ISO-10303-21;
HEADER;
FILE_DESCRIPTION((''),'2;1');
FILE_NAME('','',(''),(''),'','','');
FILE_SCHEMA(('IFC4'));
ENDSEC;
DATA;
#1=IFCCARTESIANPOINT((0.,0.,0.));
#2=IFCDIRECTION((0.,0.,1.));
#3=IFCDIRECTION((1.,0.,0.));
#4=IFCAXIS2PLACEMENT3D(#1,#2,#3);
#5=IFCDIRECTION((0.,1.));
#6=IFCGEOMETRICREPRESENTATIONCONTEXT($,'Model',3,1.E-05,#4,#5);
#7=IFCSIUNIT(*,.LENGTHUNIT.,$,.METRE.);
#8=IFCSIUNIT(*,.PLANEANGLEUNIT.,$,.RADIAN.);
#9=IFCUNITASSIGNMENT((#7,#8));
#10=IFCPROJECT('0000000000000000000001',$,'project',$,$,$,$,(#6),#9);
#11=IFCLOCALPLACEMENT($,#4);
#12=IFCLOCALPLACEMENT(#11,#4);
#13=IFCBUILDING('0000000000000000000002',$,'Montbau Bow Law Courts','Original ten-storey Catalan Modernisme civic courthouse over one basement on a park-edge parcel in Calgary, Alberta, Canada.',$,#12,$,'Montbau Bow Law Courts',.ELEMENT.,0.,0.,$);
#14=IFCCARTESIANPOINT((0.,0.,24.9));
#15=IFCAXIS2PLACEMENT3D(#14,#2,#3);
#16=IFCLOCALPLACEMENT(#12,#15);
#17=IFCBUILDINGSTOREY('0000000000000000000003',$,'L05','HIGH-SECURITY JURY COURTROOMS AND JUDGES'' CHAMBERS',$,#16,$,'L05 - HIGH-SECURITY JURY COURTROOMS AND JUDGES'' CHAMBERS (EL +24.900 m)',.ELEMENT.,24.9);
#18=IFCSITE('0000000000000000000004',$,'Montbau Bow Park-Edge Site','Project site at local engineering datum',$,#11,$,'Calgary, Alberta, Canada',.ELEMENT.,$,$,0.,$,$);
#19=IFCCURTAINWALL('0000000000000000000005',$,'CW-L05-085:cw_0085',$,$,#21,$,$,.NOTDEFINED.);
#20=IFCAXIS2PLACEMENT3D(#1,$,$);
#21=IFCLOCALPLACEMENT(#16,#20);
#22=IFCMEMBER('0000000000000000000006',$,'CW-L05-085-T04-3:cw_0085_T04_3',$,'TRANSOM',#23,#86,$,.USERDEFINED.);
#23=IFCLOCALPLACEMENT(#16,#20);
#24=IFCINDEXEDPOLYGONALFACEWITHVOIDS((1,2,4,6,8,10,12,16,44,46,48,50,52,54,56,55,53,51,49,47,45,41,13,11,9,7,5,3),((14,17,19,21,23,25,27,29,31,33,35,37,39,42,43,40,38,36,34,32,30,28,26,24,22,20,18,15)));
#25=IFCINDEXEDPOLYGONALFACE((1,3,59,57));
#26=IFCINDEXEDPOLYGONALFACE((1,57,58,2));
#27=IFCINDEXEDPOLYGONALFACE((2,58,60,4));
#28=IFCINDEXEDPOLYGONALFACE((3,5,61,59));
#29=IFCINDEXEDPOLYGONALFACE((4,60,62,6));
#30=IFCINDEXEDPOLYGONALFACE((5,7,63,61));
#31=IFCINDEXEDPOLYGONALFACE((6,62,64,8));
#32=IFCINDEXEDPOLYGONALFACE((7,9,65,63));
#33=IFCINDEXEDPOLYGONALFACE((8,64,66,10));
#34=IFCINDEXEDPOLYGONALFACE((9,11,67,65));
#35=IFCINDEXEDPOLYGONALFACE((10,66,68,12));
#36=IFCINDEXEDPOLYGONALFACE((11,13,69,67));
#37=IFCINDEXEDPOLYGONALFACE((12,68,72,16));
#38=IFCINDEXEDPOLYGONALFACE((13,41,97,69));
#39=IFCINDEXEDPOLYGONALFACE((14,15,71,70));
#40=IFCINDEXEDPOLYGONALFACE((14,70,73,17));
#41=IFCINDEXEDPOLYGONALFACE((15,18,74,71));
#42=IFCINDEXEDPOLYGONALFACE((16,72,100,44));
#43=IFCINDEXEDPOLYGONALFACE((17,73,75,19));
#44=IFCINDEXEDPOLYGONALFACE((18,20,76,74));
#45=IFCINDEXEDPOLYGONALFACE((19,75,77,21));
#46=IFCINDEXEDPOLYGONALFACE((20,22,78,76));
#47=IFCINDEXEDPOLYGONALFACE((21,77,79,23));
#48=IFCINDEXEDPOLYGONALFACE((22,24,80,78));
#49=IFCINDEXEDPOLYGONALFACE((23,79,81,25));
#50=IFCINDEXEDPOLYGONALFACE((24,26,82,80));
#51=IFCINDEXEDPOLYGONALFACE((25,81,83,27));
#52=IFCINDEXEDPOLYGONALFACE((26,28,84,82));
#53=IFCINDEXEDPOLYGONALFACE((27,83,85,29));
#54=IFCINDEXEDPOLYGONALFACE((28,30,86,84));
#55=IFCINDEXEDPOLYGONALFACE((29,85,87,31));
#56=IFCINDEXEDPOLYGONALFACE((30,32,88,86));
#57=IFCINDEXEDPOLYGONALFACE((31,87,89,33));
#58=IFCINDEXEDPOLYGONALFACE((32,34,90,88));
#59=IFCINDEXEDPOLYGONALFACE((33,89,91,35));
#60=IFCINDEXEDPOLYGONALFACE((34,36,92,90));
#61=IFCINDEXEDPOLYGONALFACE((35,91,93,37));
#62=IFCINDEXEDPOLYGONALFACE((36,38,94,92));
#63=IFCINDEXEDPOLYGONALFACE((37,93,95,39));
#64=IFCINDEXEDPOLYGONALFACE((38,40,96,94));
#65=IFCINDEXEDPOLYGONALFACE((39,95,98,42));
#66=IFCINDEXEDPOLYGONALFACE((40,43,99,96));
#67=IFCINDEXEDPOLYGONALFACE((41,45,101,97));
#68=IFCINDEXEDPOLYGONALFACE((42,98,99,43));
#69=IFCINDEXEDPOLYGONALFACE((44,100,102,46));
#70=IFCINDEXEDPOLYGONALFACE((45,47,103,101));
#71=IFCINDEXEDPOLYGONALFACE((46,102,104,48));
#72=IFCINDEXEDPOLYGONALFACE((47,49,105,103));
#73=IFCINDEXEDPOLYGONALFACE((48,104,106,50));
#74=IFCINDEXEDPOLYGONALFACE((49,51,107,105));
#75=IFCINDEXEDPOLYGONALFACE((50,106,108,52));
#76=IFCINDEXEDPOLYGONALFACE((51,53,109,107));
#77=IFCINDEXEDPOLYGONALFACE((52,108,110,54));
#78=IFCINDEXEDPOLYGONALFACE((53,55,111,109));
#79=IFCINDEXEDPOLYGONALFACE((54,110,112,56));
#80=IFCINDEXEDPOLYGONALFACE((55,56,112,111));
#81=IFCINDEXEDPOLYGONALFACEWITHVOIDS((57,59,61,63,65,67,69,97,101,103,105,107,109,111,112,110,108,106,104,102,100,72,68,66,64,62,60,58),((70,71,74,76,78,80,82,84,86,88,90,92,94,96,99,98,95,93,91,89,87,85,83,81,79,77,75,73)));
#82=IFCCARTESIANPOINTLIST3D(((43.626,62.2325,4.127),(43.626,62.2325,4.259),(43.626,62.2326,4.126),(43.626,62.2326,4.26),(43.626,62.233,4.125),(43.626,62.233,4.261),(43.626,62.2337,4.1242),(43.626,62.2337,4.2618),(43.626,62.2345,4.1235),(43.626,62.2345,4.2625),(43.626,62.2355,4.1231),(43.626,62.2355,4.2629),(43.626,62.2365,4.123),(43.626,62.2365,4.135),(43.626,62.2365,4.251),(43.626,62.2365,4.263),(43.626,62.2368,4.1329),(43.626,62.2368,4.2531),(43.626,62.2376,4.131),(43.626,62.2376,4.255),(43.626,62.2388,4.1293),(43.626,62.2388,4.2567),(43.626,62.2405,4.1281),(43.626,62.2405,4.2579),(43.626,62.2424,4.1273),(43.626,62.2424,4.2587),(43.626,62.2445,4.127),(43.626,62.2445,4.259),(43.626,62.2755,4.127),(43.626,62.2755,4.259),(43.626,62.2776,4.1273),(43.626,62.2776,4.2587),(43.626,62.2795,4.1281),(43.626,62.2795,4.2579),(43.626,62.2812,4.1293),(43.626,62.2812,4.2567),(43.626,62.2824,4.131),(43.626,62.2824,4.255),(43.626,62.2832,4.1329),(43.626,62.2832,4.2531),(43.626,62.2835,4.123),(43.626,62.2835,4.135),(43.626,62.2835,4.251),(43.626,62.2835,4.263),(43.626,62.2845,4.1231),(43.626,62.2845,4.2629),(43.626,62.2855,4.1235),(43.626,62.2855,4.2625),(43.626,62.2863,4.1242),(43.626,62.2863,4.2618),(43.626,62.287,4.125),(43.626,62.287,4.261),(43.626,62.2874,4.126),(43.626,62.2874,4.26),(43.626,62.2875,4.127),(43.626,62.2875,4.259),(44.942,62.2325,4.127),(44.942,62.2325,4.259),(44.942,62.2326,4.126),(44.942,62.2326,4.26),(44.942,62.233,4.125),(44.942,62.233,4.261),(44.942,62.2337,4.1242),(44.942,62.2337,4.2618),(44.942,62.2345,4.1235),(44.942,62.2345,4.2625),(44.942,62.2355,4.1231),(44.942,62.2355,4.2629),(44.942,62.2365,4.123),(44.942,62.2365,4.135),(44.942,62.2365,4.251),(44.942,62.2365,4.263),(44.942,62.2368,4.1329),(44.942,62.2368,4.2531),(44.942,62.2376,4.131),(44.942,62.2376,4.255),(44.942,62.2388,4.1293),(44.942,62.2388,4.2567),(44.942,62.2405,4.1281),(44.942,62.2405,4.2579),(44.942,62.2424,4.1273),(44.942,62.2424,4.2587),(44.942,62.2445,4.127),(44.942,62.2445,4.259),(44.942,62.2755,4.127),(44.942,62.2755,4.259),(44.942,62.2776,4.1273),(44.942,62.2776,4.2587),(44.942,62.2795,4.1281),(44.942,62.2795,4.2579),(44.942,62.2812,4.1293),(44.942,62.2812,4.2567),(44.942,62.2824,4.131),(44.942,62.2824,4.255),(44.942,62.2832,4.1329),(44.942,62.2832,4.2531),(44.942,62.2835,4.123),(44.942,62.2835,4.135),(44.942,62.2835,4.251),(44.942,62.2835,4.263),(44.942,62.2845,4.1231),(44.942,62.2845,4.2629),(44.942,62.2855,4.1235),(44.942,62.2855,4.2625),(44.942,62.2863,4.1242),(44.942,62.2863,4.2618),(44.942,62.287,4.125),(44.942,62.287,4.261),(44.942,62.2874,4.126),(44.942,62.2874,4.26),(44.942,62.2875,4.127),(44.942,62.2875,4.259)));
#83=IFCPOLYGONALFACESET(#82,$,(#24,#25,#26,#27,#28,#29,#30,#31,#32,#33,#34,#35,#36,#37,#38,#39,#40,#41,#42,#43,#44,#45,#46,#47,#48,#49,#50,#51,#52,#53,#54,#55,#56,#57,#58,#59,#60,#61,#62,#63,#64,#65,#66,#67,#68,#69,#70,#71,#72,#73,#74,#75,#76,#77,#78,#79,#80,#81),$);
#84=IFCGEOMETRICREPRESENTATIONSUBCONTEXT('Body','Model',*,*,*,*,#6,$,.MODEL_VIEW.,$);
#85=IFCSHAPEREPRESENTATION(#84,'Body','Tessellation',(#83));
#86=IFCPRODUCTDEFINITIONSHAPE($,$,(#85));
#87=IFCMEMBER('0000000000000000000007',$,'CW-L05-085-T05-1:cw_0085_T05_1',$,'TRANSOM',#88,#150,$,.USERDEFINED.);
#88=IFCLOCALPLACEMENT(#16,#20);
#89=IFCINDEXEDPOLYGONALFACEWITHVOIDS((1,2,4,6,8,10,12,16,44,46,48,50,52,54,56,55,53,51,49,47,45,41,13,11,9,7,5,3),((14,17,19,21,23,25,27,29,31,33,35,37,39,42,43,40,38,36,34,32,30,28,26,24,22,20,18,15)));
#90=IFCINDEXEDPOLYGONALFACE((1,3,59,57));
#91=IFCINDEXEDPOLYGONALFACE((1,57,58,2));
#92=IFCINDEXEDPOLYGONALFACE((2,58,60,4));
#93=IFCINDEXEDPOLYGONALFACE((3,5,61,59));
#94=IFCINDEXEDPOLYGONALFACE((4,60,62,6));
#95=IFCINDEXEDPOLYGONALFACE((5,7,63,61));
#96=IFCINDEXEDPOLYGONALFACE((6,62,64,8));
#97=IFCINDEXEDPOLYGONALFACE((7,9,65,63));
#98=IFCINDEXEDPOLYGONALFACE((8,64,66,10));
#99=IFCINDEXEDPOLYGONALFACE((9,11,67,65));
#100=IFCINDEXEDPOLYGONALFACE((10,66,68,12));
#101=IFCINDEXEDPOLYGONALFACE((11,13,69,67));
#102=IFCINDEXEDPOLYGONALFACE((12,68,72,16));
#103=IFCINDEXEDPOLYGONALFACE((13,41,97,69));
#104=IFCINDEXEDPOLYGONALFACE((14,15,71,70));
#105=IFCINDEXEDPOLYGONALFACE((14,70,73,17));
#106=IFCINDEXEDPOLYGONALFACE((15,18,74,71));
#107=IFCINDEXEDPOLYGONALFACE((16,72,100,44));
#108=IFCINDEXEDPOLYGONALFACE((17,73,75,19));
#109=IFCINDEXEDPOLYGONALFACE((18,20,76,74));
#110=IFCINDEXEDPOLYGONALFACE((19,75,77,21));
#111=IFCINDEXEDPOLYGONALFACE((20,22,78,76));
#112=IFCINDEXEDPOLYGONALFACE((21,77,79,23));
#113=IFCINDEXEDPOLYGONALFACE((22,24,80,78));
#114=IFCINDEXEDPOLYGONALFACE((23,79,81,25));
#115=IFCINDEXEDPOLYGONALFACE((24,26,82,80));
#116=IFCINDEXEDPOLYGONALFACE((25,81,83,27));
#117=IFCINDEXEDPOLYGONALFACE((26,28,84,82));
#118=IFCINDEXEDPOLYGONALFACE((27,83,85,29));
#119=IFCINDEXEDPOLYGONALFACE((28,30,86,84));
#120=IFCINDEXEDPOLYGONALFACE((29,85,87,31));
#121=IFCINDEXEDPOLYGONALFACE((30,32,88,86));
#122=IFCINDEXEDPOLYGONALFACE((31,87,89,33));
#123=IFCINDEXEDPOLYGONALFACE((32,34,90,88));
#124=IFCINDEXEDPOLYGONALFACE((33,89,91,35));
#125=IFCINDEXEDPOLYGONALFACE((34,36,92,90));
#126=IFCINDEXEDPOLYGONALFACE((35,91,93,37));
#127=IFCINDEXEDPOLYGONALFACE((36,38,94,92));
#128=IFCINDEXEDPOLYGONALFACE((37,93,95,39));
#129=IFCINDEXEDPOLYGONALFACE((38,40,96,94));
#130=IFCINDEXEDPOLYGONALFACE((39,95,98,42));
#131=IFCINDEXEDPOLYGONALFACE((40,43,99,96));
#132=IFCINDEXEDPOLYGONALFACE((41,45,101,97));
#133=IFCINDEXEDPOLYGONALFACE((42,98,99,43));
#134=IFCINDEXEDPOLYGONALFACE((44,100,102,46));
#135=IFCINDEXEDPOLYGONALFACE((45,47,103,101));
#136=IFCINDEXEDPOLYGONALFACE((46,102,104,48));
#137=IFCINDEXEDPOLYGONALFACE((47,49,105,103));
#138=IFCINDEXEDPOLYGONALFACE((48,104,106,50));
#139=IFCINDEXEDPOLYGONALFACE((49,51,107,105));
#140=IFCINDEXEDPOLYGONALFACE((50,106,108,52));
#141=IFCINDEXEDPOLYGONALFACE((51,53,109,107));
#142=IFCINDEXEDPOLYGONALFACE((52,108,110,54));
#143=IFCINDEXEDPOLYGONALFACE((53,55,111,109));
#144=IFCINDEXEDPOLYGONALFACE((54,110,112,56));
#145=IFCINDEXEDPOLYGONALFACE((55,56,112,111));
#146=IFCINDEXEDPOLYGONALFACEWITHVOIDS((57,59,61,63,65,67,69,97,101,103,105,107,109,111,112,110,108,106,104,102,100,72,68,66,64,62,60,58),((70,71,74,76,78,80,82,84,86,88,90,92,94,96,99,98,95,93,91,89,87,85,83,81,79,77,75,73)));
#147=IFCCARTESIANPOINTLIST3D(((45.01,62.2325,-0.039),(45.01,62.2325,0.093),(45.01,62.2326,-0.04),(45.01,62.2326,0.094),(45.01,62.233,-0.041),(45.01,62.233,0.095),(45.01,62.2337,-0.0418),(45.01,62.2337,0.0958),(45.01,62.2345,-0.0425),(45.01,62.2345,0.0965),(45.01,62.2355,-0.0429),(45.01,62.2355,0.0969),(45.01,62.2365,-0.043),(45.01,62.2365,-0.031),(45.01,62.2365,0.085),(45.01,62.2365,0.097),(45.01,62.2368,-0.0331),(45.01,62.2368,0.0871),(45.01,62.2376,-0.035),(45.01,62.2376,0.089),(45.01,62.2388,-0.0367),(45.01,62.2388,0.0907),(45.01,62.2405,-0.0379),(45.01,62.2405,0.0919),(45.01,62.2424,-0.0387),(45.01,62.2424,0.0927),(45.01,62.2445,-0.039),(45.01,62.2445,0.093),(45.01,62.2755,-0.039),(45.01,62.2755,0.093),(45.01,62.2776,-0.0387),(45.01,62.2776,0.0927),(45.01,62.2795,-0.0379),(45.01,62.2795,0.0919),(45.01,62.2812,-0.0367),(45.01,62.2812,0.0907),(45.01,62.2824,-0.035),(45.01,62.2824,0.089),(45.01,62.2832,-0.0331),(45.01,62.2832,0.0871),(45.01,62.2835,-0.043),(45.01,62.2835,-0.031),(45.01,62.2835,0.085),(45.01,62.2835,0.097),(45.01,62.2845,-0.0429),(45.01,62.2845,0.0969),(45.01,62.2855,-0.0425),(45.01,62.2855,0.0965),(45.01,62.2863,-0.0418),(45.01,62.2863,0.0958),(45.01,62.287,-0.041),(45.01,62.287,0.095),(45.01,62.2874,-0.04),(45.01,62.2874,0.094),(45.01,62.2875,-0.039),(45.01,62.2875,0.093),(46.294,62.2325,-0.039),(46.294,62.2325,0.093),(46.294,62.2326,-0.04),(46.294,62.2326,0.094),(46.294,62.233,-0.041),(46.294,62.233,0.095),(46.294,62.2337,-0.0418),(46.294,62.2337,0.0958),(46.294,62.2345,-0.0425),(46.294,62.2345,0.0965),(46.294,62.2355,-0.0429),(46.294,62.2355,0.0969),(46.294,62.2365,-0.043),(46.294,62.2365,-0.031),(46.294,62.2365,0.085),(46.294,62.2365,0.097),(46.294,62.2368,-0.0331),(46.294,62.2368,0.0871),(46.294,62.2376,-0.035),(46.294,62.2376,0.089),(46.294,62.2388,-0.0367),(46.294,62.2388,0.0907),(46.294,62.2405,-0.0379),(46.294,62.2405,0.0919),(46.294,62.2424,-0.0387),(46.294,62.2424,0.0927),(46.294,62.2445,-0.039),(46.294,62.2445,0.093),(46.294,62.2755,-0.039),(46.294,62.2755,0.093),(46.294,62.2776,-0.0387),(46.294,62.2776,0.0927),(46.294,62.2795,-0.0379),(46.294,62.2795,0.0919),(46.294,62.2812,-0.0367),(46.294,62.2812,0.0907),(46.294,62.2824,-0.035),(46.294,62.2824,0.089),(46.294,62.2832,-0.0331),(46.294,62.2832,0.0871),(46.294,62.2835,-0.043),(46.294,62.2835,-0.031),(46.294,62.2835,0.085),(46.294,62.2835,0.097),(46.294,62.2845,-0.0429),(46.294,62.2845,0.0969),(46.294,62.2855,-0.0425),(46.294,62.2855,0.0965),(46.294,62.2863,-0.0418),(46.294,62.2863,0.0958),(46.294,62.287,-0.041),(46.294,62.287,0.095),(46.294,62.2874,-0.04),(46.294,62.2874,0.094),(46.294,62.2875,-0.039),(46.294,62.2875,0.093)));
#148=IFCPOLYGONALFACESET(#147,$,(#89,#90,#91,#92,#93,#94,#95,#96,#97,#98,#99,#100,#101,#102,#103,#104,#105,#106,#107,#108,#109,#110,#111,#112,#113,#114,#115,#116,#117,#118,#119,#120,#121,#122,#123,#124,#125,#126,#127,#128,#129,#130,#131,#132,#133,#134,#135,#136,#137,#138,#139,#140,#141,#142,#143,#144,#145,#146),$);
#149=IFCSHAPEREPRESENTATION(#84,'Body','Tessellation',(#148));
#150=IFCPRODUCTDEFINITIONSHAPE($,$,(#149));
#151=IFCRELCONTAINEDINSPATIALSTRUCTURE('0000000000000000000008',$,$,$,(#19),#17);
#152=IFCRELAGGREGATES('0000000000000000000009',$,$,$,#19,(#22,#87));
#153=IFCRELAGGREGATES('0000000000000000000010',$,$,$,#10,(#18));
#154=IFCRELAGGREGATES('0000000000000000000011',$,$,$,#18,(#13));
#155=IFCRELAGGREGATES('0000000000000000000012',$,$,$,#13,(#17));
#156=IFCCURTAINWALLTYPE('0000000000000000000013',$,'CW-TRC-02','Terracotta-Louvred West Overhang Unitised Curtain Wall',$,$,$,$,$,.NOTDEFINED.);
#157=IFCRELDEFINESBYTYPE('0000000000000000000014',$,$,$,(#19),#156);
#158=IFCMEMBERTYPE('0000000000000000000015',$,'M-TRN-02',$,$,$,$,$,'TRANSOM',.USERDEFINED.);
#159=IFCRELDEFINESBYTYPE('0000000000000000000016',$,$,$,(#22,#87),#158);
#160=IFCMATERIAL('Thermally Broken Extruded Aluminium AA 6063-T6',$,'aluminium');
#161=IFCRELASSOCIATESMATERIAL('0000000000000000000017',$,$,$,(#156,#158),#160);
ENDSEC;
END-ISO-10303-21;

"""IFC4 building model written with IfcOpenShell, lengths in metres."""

from ifc_helpers import new_model, si_unit, direction, frame, origin_with_axes, origin_2d_with_axis, place, context, subcontext, project, spatial, hollow_rectangle, extrude, material, material_profile, profile_set, type_object, element, aggregate, save


model = new_model("IFC4")

# Units and contexts
model_context = context("Model", 3, precision=1e-05, world=origin_with_axes(), true_north=direction((0.0, 1.0)))
body_context = subcontext(model_context, "Body", "Model", "MODEL_VIEW")
ifc_project = project(units=[si_unit("LENGTHUNIT", "METRE"), si_unit("PLANEANGLEUNIT", "RADIAN")], contexts=[model_context])

# Site, building, storey
site_placement = place(None, origin_with_axes())
site = spatial("IfcSite", under=ifc_project, at=site_placement, Name="Montbau Bow Park-Edge Site", Description="Project site at local engineering datum", LongName="Calgary, Alberta, Canada", CompositionType="ELEMENT", RefElevation=0.0)
building_placement = place(site_placement, origin_with_axes())
building = spatial("IfcBuilding", under=site, at=building_placement, Name="Montbau Bow Law Courts", Description="Original ten-storey Catalan Modernisme civic courthouse over one basement on a park-edge parcel in Calgary, Alberta, Canada.", LongName="Montbau Bow Law Courts", CompositionType="ELEMENT", ElevationOfRefHeight=0.0, ElevationOfTerrain=0.0)
storey_placement = place(building_placement, frame((0.0, 0.0, 24.9), z_axis=(0.0, 0.0, 1.0), x_axis=(1.0, 0.0, 0.0)))
storey = spatial("IfcBuildingStorey", under=building, at=storey_placement, Name="L05", Description="HIGH-SECURITY JURY COURTROOMS AND JUDGES' CHAMBERS", LongName="L05 - HIGH-SECURITY JURY COURTROOMS AND JUDGES' CHAMBERS (EL +24.900 m)", CompositionType="ELEMENT", Elevation=24.9)

# Curtain wall, members
ifc_material_1 = material(Name="Thermally Broken Extruded Aluminium AA 6063-T6", Category="aluminium")
curtain_wall_type = type_object("IfcCurtainWallType", Name="CW-TRC-02", Description="Terracotta-Louvred West Overhang Unitised Curtain Wall", PredefinedType="NOTDEFINED", material=ifc_material_1)
curtain_wall_placement = place(None, frame((39.44, 62.26, 24.9), z_axis=(0.0, 0.0, 1.0), x_axis=(1.0, 0.0, 0.0)))
curtain_wall = element("IfcCurtainWall", 1, at=curtain_wall_placement, inside=storey, type_object=curtain_wall_type, Name="CW-L05-085:cw_0085", PredefinedType="NOTDEFINED")
ifc_material_profile_1 = material_profile(ifc_material_1, hollow_rectangle(XDim=0.055, YDim=0.14, WallThickness=0.004, InnerFilletRadius=0.008, OuterFilletRadius=0.004, at=origin_2d_with_axis()), Name="CWT-140X55", Category="Main", Priority=0)
ifc_profile_set_1 = profile_set([ifc_material_profile_1], Name="Thermally Broken Extruded Aluminium AA 6063-T6")
member_type_1 = type_object("IfcMemberType", Name="M-TRN-02", ElementType="TRANSOM", PredefinedType="USERDEFINED", material=ifc_profile_set_1)
member_1_placement = place(None, frame((43.626, 62.26, 29.093), z_axis=(1.0, 0.0, 0.0), x_axis=(0.0, 1.0, 0.0)))
member_1 = element("IfcMember", 2, at=member_1_placement, type_object=member_type_1, Name="CW-L05-085-T04-3:cw_0085_T04_3", ObjectType="TRANSOM", PredefinedType="USERDEFINED", context=body_context, shape_type="SweptSolid", body=[
    extrude(hollow_rectangle(XDim=0.055, YDim=0.14, WallThickness=0.004, InnerFilletRadius=0.008, OuterFilletRadius=0.004, at=origin_2d_with_axis()), origin_with_axes(), (0.0, 0.0, 1.0), 1.316),
])
member_2_placement = place(None, frame((45.01, 62.26, 24.927), z_axis=(1.0, 0.0, 0.0), x_axis=(0.0, 1.0, 0.0)))
member_2 = element("IfcMember", 3, at=member_2_placement, type_object=member_type_1, Name="CW-L05-085-T05-1:cw_0085_T05_1", ObjectType="TRANSOM", PredefinedType="USERDEFINED", context=body_context, shape_type="SweptSolid", body=[
    extrude(hollow_rectangle(XDim=0.055, YDim=0.14, WallThickness=0.004, InnerFilletRadius=0.008, OuterFilletRadius=0.004, at=origin_2d_with_axis()), origin_with_axes(), (0.0, 0.0, 1.0), 1.284),
])
aggregate(curtain_wall, [member_1, member_2])

save(model, "model.ifc")
